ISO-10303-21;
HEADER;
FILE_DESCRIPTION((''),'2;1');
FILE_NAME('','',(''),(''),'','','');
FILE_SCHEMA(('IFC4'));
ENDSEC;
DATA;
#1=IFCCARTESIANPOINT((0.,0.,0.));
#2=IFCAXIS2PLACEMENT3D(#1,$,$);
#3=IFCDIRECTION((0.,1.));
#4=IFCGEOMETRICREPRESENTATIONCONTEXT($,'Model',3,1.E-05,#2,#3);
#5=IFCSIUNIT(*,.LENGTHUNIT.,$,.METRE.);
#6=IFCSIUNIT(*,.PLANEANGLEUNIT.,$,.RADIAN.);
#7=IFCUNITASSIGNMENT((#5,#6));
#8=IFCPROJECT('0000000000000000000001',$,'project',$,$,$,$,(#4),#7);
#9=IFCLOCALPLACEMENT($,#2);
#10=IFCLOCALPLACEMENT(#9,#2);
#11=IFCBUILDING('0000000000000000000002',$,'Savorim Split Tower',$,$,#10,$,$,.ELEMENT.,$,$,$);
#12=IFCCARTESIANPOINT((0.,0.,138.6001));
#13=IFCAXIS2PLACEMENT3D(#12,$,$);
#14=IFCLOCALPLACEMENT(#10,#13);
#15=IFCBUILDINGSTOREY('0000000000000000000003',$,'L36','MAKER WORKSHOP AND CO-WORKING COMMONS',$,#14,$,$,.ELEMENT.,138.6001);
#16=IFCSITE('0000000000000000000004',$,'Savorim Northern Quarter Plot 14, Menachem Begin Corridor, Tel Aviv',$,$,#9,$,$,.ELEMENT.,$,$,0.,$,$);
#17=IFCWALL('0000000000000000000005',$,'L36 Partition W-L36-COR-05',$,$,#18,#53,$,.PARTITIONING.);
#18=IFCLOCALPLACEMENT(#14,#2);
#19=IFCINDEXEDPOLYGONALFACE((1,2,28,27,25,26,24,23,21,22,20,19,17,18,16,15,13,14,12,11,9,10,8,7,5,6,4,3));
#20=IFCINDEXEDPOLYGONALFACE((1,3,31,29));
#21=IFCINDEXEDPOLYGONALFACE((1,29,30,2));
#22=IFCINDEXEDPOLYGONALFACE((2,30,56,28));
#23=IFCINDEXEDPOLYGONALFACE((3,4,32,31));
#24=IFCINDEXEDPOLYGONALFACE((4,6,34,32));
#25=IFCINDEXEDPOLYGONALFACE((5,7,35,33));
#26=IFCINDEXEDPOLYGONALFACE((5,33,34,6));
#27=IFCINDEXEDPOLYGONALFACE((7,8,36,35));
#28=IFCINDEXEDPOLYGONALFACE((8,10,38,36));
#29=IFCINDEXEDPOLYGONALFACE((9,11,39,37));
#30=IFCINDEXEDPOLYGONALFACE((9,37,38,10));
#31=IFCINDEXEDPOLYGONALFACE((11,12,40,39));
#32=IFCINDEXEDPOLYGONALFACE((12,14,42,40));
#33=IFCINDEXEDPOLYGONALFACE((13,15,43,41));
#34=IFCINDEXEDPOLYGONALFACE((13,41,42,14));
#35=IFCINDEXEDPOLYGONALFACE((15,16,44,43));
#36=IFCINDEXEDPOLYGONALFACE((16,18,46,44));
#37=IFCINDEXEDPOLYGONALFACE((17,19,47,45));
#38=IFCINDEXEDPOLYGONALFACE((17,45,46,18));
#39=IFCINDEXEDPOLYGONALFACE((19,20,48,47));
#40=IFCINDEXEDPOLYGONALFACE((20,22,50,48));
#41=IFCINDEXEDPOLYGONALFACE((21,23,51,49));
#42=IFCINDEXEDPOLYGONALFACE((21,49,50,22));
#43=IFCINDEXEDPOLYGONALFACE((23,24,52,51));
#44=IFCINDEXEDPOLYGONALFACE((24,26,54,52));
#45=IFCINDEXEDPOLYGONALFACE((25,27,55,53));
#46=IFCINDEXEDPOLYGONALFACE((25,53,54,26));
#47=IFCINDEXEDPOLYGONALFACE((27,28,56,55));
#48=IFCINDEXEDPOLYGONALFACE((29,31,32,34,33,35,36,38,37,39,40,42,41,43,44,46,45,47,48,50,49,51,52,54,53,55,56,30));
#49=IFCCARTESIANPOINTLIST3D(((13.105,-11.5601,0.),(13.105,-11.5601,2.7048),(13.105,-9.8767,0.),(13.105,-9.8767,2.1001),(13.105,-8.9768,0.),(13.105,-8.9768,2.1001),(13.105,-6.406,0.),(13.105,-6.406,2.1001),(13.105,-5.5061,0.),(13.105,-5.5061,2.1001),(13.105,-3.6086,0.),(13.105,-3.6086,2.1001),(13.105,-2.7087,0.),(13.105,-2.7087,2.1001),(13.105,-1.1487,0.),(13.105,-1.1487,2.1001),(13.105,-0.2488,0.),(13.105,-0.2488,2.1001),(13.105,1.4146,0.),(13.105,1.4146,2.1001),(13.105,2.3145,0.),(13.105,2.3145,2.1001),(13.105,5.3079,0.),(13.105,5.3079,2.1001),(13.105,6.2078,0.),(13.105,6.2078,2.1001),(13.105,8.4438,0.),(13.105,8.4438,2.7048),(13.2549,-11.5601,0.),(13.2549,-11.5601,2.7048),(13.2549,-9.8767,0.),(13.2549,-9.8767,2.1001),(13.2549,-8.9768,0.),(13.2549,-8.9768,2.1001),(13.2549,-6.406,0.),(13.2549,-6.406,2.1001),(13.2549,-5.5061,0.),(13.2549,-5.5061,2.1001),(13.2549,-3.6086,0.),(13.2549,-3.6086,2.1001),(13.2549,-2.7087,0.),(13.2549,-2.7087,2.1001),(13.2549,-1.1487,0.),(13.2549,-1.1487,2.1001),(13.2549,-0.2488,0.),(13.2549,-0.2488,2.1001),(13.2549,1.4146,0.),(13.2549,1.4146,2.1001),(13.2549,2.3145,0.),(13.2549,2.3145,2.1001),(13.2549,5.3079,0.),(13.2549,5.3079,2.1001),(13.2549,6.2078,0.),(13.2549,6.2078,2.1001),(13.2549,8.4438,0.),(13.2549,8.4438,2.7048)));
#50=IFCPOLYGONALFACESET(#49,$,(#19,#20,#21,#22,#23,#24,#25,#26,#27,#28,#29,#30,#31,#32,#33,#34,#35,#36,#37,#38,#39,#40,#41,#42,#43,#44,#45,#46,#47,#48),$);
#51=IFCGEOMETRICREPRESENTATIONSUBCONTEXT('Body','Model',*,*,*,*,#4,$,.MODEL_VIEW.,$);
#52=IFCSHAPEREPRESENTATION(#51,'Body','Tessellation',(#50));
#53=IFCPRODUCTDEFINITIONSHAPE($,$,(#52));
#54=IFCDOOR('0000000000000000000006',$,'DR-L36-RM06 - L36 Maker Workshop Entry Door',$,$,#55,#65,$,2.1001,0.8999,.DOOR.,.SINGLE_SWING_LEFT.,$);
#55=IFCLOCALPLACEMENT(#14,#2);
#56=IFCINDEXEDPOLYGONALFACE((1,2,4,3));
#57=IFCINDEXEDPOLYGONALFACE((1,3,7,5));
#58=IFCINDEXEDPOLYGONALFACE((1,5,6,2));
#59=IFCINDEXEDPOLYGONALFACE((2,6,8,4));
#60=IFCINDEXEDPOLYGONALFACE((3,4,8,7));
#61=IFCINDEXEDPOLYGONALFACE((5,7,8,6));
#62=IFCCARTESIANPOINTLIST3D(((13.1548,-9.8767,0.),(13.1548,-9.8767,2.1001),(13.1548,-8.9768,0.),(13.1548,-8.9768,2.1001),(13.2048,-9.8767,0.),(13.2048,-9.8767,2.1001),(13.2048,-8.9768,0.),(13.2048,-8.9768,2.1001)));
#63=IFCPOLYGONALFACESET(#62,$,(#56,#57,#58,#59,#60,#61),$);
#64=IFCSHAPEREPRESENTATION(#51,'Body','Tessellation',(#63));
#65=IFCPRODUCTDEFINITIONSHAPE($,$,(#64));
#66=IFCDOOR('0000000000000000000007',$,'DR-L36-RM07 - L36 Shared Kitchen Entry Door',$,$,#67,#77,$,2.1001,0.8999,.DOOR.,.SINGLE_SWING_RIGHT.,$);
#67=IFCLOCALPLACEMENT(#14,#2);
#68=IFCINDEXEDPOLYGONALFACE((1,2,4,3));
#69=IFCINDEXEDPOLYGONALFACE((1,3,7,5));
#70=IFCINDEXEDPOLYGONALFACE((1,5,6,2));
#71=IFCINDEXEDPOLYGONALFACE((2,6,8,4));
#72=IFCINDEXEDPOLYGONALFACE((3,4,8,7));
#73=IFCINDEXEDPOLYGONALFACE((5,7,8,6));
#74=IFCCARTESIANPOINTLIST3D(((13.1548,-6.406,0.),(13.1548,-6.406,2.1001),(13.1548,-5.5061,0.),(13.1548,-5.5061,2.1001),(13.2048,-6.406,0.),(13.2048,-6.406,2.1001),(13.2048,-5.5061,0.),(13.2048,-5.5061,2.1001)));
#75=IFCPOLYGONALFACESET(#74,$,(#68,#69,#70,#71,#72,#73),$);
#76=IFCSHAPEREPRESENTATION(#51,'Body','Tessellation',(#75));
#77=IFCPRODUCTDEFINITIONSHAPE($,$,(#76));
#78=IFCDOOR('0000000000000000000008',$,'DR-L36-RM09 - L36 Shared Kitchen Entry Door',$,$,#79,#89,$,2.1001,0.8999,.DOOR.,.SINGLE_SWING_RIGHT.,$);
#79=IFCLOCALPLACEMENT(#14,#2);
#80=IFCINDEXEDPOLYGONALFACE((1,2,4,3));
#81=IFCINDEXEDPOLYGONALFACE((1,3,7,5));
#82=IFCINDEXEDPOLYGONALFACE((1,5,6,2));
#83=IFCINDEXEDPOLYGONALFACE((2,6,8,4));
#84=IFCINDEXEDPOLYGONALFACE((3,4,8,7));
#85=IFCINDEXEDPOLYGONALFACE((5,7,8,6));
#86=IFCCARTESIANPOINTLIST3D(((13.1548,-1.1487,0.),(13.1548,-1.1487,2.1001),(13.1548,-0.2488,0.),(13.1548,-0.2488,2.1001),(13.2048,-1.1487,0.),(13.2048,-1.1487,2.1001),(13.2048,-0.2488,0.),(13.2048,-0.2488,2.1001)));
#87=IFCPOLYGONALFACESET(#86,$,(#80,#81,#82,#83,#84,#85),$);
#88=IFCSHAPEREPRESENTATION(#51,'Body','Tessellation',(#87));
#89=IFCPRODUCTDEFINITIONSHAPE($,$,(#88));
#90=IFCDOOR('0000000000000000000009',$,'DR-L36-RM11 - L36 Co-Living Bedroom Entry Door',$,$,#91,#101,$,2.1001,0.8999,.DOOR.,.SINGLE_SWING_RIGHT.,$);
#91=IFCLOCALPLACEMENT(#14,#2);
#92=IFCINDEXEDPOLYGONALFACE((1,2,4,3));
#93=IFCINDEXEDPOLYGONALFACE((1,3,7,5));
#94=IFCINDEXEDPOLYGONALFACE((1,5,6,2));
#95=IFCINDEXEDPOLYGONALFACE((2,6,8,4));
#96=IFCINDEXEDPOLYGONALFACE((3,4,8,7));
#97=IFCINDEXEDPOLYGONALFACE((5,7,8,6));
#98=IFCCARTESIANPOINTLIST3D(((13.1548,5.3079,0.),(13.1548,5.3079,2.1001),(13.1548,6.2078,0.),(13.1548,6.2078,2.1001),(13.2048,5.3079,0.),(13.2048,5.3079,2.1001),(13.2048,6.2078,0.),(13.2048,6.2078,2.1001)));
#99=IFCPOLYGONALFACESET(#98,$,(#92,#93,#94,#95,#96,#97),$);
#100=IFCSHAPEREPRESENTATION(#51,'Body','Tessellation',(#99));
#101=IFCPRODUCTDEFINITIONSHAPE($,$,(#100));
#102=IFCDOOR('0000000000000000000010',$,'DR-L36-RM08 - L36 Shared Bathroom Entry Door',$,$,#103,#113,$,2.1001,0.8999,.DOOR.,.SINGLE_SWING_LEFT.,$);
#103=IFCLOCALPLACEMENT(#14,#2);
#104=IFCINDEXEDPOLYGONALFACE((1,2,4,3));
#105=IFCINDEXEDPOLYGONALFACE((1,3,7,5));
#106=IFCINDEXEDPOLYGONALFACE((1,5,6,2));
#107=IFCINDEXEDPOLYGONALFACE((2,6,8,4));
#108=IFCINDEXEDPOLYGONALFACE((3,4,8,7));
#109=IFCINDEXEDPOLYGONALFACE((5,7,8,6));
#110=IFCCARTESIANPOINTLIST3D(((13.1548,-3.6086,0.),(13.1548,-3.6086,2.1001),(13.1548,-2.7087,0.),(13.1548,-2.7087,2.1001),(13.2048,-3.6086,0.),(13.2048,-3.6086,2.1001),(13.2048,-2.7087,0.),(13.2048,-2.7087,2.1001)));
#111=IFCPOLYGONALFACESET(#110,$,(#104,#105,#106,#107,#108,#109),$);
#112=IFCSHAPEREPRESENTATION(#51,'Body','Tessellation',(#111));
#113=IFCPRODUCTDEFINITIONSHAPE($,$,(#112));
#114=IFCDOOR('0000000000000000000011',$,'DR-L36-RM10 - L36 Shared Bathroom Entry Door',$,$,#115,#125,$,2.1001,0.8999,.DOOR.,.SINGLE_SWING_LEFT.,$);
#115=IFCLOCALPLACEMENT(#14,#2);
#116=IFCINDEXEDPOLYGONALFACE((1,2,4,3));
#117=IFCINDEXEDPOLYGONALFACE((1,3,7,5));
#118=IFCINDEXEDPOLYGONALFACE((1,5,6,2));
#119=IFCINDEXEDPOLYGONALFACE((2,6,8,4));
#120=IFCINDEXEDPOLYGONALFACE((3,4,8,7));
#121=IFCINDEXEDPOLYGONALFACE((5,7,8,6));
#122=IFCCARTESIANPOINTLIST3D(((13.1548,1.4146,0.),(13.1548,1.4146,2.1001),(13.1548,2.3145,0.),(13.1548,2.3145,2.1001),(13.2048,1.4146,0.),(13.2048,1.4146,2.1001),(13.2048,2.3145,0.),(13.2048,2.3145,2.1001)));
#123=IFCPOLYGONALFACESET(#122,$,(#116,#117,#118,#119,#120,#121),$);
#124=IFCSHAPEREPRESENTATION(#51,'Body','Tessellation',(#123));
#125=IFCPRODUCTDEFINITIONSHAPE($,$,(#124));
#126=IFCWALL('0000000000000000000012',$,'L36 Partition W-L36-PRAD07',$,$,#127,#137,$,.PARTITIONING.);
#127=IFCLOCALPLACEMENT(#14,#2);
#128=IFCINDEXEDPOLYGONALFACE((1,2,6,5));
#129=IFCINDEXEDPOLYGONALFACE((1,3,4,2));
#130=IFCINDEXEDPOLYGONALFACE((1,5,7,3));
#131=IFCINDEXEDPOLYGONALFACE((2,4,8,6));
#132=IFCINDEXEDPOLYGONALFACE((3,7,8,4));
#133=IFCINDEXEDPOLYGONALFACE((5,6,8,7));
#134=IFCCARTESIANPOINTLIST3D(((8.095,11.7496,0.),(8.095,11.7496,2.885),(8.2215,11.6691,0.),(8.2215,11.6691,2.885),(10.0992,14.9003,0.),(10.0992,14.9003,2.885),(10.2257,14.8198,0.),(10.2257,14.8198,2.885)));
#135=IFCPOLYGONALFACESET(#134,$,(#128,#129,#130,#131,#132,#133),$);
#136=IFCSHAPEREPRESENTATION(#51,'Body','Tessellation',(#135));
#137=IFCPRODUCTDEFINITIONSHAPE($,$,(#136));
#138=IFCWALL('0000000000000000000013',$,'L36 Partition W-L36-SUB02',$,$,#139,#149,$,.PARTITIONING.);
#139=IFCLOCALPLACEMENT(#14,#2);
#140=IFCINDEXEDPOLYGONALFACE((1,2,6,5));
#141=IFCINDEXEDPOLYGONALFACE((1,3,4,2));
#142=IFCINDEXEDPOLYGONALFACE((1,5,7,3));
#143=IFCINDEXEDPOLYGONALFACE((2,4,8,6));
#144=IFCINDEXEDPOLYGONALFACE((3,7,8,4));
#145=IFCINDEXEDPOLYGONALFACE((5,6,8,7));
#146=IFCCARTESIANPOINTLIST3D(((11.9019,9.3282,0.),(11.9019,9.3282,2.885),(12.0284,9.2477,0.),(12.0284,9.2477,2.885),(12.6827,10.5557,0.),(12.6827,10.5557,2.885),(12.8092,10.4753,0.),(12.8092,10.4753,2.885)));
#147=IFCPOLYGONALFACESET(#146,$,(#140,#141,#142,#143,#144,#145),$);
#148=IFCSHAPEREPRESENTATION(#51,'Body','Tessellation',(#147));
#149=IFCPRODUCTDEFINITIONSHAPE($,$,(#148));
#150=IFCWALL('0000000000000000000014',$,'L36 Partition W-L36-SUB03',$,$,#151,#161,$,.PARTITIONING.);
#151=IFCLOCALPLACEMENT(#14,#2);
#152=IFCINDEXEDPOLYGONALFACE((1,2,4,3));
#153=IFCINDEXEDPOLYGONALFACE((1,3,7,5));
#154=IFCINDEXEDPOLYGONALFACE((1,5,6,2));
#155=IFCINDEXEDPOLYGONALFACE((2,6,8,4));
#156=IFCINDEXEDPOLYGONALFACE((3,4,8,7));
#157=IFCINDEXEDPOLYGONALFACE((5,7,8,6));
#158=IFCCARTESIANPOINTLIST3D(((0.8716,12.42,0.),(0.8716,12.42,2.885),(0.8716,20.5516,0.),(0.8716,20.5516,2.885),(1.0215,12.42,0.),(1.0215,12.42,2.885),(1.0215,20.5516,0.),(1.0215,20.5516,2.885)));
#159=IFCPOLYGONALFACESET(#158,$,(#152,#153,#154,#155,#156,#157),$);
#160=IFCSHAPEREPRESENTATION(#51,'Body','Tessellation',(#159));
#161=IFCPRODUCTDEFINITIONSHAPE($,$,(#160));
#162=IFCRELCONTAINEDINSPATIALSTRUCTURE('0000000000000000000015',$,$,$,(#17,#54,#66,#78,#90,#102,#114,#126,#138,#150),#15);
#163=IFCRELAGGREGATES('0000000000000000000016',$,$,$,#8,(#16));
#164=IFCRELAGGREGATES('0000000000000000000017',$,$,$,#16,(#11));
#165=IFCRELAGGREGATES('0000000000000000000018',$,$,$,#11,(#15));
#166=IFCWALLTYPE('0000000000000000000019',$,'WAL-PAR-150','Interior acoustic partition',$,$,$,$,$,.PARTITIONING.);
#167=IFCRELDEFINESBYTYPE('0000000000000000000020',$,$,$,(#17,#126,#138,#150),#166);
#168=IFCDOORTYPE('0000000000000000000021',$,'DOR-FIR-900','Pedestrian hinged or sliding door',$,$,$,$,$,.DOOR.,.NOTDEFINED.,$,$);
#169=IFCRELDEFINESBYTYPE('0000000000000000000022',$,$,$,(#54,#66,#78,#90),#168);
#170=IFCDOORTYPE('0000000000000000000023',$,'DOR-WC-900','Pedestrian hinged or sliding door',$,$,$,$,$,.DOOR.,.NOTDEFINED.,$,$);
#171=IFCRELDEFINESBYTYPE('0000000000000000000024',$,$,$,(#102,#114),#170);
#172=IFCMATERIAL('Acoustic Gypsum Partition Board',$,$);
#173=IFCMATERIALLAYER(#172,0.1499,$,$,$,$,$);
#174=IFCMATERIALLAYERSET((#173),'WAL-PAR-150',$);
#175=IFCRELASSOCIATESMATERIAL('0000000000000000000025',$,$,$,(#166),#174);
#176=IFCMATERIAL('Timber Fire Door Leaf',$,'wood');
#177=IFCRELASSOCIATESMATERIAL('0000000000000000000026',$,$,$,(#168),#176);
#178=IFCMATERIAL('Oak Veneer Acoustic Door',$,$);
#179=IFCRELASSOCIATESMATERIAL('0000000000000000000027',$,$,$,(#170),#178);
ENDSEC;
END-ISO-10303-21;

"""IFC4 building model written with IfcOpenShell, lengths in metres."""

from ifc_helpers import new_model, si_unit, direction, frame, frame_2d, origin, place, context, subcontext, project, spatial, rectangle, extrude, material, layer, layer_set, type_object, element, fill, save


model = new_model("IFC4")

# Units and contexts
model_context = context("Model", 3, precision=1e-05, world=origin(), true_north=direction((0.0, 1.0)))
body_context = subcontext(model_context, "Body", "Model", "MODEL_VIEW")
ifc_project = project(units=[si_unit("LENGTHUNIT", "METRE"), si_unit("PLANEANGLEUNIT", "RADIAN")], contexts=[model_context])

# Site, building, storey
site_placement = place(None, origin())
site = spatial("IfcSite", under=ifc_project, at=site_placement, Name="Savorim Northern Quarter Plot 14, Menachem Begin Corridor, Tel Aviv", CompositionType="ELEMENT", RefElevation=0.0)
building_placement = place(site_placement, origin())
building = spatial("IfcBuilding", under=site, at=building_placement, Name="Savorim Split Tower", CompositionType="ELEMENT")
storey_placement = place(building_placement, frame((0.0, 0.0, 138.6001)))
storey = spatial("IfcBuildingStorey", under=building, at=storey_placement, Name="L36", Description="MAKER WORKSHOP AND CO-WORKING COMMONS", CompositionType="ELEMENT", Elevation=138.6001)

# Shared definitions
ifc_material_1 = material(Name="Timber Fire Door Leaf", Category="wood")

# Shared definitions
ifc_material_2 = material(Name="Acoustic Gypsum Partition Board")
ifc_layer_1 = layer(ifc_material_2, 0.1499)
ifc_layer_set_1 = layer_set([ifc_layer_1], Name="WAL-PAR-150")
wall_type_1 = type_object("IfcWallType", Name="WAL-PAR-150", Description="Interior acoustic partition", PredefinedType="PARTITIONING", material=ifc_layer_set_1)
door_type_1 = type_object("IfcDoorType", Name="DOR-FIR-900", Description="Pedestrian hinged or sliding door", OperationType="NOTDEFINED", PredefinedType="DOOR", material=ifc_material_1)

# Wall, openings, doors
wall_1_placement = place(storey_placement, frame((13.1799, 8.4438, 0.0), z_axis=(0.0, 0.0, 1.0), x_axis=(0.0, -1.0, 0.0)))
wall_1 = element("IfcWall", 1, at=wall_1_placement, inside=storey, type_object=wall_type_1, Name="L36 Partition W-L36-COR-05", PredefinedType="PARTITIONING", context=body_context, shape_type="SweptSolid", body=[
    extrude(rectangle(XDim=20.0039, YDim=0.1499, at=frame_2d((10.002, 0.0))), origin(), (0.0, 0.0, 1.0), 2.7048),
])
opening_1_placement = place(wall_1_placement, frame((17.4207, 0.0, 0.0)))
opening_1 = element("IfcOpeningElement", 2, at=opening_1_placement, cuts=wall_1, PredefinedType="OPENING", context=body_context, shape_type="SweptSolid", body=[
    extrude(rectangle(XDim=0.8999, YDim=2.1001, at=frame_2d((0.45, 1.05))), frame((0.0, 0.085, 0.0), z_axis=(0.0, -1.0, 0.0), x_axis=(1.0, 0.0, 0.0)), (0.0, 0.0, 1.0), 0.1699),
])
opening_2_placement = place(wall_1_placement, frame((13.95, 0.0, 0.0)))
opening_2 = element("IfcOpeningElement", 3, at=opening_2_placement, cuts=wall_1, PredefinedType="OPENING", context=body_context, shape_type="SweptSolid", body=[
    extrude(rectangle(XDim=0.8999, YDim=2.1001, at=frame_2d((0.45, 1.05))), frame((0.0, 0.085, 0.0), z_axis=(0.0, -1.0, 0.0), x_axis=(1.0, 0.0, 0.0)), (0.0, 0.0, 1.0), 0.1699),
])
opening_3_placement = place(wall_1_placement, frame((11.1526, 0.0, 0.0)))
opening_3 = element("IfcOpeningElement", 4, at=opening_3_placement, cuts=wall_1, PredefinedType="OPENING", context=body_context, shape_type="SweptSolid", body=[
    extrude(rectangle(XDim=0.8999, YDim=2.1001, at=frame_2d((0.45, 1.05))), frame((0.0, 0.085, 0.0), z_axis=(0.0, -1.0, 0.0), x_axis=(1.0, 0.0, 0.0)), (0.0, 0.0, 1.0), 0.1699),
])
opening_4_placement = place(wall_1_placement, frame((8.6926, 0.0, 0.0)))
opening_4 = element("IfcOpeningElement", 5, at=opening_4_placement, cuts=wall_1, PredefinedType="OPENING", context=body_context, shape_type="SweptSolid", body=[
    extrude(rectangle(XDim=0.8999, YDim=2.1001, at=frame_2d((0.45, 1.05))), frame((0.0, 0.085, 0.0), z_axis=(0.0, -1.0, 0.0), x_axis=(1.0, 0.0, 0.0)), (0.0, 0.0, 1.0), 0.1699),
])
opening_5_placement = place(wall_1_placement, frame((6.1294, 0.0, 0.0)))
opening_5 = element("IfcOpeningElement", 6, at=opening_5_placement, cuts=wall_1, PredefinedType="OPENING", context=body_context, shape_type="SweptSolid", body=[
    extrude(rectangle(XDim=0.8999, YDim=2.1001, at=frame_2d((0.45, 1.05))), frame((0.0, 0.085, 0.0), z_axis=(0.0, -1.0, 0.0), x_axis=(1.0, 0.0, 0.0)), (0.0, 0.0, 1.0), 0.1699),
])
opening_6_placement = place(wall_1_placement, frame((2.2361, 0.0, 0.0)))
opening_6 = element("IfcOpeningElement", 7, at=opening_6_placement, cuts=wall_1, PredefinedType="OPENING", context=body_context, shape_type="SweptSolid", body=[
    extrude(rectangle(XDim=0.8999, YDim=2.1001, at=frame_2d((0.45, 1.05))), frame((0.0, 0.085, 0.0), z_axis=(0.0, -1.0, 0.0), x_axis=(1.0, 0.0, 0.0)), (0.0, 0.0, 1.0), 0.1699),
])
door_1_placement = place(opening_1_placement, origin())
door_1 = element("IfcDoor", 8, at=door_1_placement, inside=storey, type_object=door_type_1, Name="DR-L36-RM06 - L36 Maker Workshop Entry Door", OperationType="SINGLE_SWING_LEFT", OverallHeight=2.1001, OverallWidth=0.8999, PredefinedType="DOOR", context=body_context, shape_type="SweptSolid", body=[
    extrude(rectangle(XDim=0.8999, YDim=2.1001, at=frame_2d((0.45, 1.05))), frame((0.0, 0.0249, 0.0), z_axis=(0.0, -1.0, 0.0), x_axis=(1.0, 0.0, 0.0)), (0.0, 0.0, 1.0), 0.05),
])
fill(opening_1, door_1)
door_2_placement = place(opening_2_placement, origin())
door_2 = element("IfcDoor", 9, at=door_2_placement, inside=storey, type_object=door_type_1, Name="DR-L36-RM07 - L36 Shared Kitchen Entry Door", OperationType="SINGLE_SWING_RIGHT", OverallHeight=2.1001, OverallWidth=0.8999, PredefinedType="DOOR", context=body_context, shape_type="SweptSolid", body=[
    extrude(rectangle(XDim=0.8999, YDim=2.1001, at=frame_2d((0.45, 1.05))), frame((0.0, 0.0249, 0.0), z_axis=(0.0, -1.0, 0.0), x_axis=(1.0, 0.0, 0.0)), (0.0, 0.0, 1.0), 0.05),
])
fill(opening_2, door_2)
door_3_placement = place(opening_4_placement, origin())
door_3 = element("IfcDoor", 10, at=door_3_placement, inside=storey, type_object=door_type_1, Name="DR-L36-RM09 - L36 Shared Kitchen Entry Door", OperationType="SINGLE_SWING_RIGHT", OverallHeight=2.1001, OverallWidth=0.8999, PredefinedType="DOOR", context=body_context, shape_type="SweptSolid", body=[
    extrude(rectangle(XDim=0.8999, YDim=2.1001, at=frame_2d((0.45, 1.05))), frame((0.0, 0.0249, 0.0), z_axis=(0.0, -1.0, 0.0), x_axis=(1.0, 0.0, 0.0)), (0.0, 0.0, 1.0), 0.05),
])
fill(opening_4, door_3)
door_4_placement = place(opening_6_placement, origin())
door_4 = element("IfcDoor", 11, at=door_4_placement, inside=storey, type_object=door_type_1, Name="DR-L36-RM11 - L36 Co-Living Bedroom Entry Door", OperationType="SINGLE_SWING_RIGHT", OverallHeight=2.1001, OverallWidth=0.8999, PredefinedType="DOOR", context=body_context, shape_type="SweptSolid", body=[
    extrude(rectangle(XDim=0.8999, YDim=2.1001, at=frame_2d((0.45, 1.05))), frame((0.0, 0.0249, 0.0), z_axis=(0.0, -1.0, 0.0), x_axis=(1.0, 0.0, 0.0)), (0.0, 0.0, 1.0), 0.05),
])
fill(opening_6, door_4)
ifc_material_3 = material(Name="Oak Veneer Acoustic Door")
door_type_2 = type_object("IfcDoorType", Name="DOR-WC-900", Description="Pedestrian hinged or sliding door", OperationType="NOTDEFINED", PredefinedType="DOOR", material=ifc_material_3)
door_5_placement = place(opening_3_placement, origin())
door_5 = element("IfcDoor", 12, at=door_5_placement, inside=storey, type_object=door_type_2, Name="DR-L36-RM08 - L36 Shared Bathroom Entry Door", OperationType="SINGLE_SWING_LEFT", OverallHeight=2.1001, OverallWidth=0.8999, PredefinedType="DOOR", context=body_context, shape_type="SweptSolid", body=[
    extrude(rectangle(XDim=0.8999, YDim=2.1001, at=frame_2d((0.45, 1.05))), frame((0.0, 0.0249, 0.0), z_axis=(0.0, -1.0, 0.0), x_axis=(1.0, 0.0, 0.0)), (0.0, 0.0, 1.0), 0.05),
])
fill(opening_3, door_5)
door_6_placement = place(opening_5_placement, origin())
door_6 = element("IfcDoor", 13, at=door_6_placement, inside=storey, type_object=door_type_2, Name="DR-L36-RM10 - L36 Shared Bathroom Entry Door", OperationType="SINGLE_SWING_LEFT", OverallHeight=2.1001, OverallWidth=0.8999, PredefinedType="DOOR", context=body_context, shape_type="SweptSolid", body=[
    extrude(rectangle(XDim=0.8999, YDim=2.1001, at=frame_2d((0.45, 1.05))), frame((0.0, 0.0249, 0.0), z_axis=(0.0, -1.0, 0.0), x_axis=(1.0, 0.0, 0.0)), (0.0, 0.0, 1.0), 0.05),
])
fill(opening_5, door_6)

# Walls
wall_2_placement = place(storey_placement, frame((8.1582, 11.7092, 0.0), z_axis=(0.0, 0.0, 1.0), x_axis=(0.536723, 0.843758, 0.0)))
element("IfcWall", 14, at=wall_2_placement, inside=storey, type_object=wall_type_1, Name="L36 Partition W-L36-PRAD07", PredefinedType="PARTITIONING", context=body_context, shape_type="SweptSolid", body=[
    extrude(rectangle(XDim=3.7341, YDim=0.1499, at=frame_2d((1.8672, 0.0))), origin(), (0.0, 0.0, 1.0), 2.885),
])
wall_3_placement = place(storey_placement, frame((11.9651, 9.2878, 0.0), z_axis=(0.0, 0.0, 1.0), x_axis=(0.53668, 0.843786, 0.0)))
element("IfcWall", 15, at=wall_3_placement, inside=storey, type_object=wall_type_1, Name="L36 Partition W-L36-SUB02", PredefinedType="PARTITIONING", context=body_context, shape_type="SweptSolid", body=[
    extrude(rectangle(XDim=1.4548, YDim=0.1499, at=frame_2d((0.7275, 0.0))), origin(), (0.0, 0.0, 1.0), 2.885),
])
wall_4_placement = place(storey_placement, frame((0.9465, 12.4199, 0.0), z_axis=(0.0, 0.0, 1.0), x_axis=(0.0, 1.0, 0.0)))
element("IfcWall", 16, at=wall_4_placement, inside=storey, type_object=wall_type_1, Name="L36 Partition W-L36-SUB03", PredefinedType="PARTITIONING", context=body_context, shape_type="SweptSolid", body=[
    extrude(rectangle(XDim=8.1316, YDim=0.1499, at=frame_2d((4.0659, 0.0))), origin(), (0.0, 0.0, 1.0), 2.885),
])

save(model, "model.ifc")
